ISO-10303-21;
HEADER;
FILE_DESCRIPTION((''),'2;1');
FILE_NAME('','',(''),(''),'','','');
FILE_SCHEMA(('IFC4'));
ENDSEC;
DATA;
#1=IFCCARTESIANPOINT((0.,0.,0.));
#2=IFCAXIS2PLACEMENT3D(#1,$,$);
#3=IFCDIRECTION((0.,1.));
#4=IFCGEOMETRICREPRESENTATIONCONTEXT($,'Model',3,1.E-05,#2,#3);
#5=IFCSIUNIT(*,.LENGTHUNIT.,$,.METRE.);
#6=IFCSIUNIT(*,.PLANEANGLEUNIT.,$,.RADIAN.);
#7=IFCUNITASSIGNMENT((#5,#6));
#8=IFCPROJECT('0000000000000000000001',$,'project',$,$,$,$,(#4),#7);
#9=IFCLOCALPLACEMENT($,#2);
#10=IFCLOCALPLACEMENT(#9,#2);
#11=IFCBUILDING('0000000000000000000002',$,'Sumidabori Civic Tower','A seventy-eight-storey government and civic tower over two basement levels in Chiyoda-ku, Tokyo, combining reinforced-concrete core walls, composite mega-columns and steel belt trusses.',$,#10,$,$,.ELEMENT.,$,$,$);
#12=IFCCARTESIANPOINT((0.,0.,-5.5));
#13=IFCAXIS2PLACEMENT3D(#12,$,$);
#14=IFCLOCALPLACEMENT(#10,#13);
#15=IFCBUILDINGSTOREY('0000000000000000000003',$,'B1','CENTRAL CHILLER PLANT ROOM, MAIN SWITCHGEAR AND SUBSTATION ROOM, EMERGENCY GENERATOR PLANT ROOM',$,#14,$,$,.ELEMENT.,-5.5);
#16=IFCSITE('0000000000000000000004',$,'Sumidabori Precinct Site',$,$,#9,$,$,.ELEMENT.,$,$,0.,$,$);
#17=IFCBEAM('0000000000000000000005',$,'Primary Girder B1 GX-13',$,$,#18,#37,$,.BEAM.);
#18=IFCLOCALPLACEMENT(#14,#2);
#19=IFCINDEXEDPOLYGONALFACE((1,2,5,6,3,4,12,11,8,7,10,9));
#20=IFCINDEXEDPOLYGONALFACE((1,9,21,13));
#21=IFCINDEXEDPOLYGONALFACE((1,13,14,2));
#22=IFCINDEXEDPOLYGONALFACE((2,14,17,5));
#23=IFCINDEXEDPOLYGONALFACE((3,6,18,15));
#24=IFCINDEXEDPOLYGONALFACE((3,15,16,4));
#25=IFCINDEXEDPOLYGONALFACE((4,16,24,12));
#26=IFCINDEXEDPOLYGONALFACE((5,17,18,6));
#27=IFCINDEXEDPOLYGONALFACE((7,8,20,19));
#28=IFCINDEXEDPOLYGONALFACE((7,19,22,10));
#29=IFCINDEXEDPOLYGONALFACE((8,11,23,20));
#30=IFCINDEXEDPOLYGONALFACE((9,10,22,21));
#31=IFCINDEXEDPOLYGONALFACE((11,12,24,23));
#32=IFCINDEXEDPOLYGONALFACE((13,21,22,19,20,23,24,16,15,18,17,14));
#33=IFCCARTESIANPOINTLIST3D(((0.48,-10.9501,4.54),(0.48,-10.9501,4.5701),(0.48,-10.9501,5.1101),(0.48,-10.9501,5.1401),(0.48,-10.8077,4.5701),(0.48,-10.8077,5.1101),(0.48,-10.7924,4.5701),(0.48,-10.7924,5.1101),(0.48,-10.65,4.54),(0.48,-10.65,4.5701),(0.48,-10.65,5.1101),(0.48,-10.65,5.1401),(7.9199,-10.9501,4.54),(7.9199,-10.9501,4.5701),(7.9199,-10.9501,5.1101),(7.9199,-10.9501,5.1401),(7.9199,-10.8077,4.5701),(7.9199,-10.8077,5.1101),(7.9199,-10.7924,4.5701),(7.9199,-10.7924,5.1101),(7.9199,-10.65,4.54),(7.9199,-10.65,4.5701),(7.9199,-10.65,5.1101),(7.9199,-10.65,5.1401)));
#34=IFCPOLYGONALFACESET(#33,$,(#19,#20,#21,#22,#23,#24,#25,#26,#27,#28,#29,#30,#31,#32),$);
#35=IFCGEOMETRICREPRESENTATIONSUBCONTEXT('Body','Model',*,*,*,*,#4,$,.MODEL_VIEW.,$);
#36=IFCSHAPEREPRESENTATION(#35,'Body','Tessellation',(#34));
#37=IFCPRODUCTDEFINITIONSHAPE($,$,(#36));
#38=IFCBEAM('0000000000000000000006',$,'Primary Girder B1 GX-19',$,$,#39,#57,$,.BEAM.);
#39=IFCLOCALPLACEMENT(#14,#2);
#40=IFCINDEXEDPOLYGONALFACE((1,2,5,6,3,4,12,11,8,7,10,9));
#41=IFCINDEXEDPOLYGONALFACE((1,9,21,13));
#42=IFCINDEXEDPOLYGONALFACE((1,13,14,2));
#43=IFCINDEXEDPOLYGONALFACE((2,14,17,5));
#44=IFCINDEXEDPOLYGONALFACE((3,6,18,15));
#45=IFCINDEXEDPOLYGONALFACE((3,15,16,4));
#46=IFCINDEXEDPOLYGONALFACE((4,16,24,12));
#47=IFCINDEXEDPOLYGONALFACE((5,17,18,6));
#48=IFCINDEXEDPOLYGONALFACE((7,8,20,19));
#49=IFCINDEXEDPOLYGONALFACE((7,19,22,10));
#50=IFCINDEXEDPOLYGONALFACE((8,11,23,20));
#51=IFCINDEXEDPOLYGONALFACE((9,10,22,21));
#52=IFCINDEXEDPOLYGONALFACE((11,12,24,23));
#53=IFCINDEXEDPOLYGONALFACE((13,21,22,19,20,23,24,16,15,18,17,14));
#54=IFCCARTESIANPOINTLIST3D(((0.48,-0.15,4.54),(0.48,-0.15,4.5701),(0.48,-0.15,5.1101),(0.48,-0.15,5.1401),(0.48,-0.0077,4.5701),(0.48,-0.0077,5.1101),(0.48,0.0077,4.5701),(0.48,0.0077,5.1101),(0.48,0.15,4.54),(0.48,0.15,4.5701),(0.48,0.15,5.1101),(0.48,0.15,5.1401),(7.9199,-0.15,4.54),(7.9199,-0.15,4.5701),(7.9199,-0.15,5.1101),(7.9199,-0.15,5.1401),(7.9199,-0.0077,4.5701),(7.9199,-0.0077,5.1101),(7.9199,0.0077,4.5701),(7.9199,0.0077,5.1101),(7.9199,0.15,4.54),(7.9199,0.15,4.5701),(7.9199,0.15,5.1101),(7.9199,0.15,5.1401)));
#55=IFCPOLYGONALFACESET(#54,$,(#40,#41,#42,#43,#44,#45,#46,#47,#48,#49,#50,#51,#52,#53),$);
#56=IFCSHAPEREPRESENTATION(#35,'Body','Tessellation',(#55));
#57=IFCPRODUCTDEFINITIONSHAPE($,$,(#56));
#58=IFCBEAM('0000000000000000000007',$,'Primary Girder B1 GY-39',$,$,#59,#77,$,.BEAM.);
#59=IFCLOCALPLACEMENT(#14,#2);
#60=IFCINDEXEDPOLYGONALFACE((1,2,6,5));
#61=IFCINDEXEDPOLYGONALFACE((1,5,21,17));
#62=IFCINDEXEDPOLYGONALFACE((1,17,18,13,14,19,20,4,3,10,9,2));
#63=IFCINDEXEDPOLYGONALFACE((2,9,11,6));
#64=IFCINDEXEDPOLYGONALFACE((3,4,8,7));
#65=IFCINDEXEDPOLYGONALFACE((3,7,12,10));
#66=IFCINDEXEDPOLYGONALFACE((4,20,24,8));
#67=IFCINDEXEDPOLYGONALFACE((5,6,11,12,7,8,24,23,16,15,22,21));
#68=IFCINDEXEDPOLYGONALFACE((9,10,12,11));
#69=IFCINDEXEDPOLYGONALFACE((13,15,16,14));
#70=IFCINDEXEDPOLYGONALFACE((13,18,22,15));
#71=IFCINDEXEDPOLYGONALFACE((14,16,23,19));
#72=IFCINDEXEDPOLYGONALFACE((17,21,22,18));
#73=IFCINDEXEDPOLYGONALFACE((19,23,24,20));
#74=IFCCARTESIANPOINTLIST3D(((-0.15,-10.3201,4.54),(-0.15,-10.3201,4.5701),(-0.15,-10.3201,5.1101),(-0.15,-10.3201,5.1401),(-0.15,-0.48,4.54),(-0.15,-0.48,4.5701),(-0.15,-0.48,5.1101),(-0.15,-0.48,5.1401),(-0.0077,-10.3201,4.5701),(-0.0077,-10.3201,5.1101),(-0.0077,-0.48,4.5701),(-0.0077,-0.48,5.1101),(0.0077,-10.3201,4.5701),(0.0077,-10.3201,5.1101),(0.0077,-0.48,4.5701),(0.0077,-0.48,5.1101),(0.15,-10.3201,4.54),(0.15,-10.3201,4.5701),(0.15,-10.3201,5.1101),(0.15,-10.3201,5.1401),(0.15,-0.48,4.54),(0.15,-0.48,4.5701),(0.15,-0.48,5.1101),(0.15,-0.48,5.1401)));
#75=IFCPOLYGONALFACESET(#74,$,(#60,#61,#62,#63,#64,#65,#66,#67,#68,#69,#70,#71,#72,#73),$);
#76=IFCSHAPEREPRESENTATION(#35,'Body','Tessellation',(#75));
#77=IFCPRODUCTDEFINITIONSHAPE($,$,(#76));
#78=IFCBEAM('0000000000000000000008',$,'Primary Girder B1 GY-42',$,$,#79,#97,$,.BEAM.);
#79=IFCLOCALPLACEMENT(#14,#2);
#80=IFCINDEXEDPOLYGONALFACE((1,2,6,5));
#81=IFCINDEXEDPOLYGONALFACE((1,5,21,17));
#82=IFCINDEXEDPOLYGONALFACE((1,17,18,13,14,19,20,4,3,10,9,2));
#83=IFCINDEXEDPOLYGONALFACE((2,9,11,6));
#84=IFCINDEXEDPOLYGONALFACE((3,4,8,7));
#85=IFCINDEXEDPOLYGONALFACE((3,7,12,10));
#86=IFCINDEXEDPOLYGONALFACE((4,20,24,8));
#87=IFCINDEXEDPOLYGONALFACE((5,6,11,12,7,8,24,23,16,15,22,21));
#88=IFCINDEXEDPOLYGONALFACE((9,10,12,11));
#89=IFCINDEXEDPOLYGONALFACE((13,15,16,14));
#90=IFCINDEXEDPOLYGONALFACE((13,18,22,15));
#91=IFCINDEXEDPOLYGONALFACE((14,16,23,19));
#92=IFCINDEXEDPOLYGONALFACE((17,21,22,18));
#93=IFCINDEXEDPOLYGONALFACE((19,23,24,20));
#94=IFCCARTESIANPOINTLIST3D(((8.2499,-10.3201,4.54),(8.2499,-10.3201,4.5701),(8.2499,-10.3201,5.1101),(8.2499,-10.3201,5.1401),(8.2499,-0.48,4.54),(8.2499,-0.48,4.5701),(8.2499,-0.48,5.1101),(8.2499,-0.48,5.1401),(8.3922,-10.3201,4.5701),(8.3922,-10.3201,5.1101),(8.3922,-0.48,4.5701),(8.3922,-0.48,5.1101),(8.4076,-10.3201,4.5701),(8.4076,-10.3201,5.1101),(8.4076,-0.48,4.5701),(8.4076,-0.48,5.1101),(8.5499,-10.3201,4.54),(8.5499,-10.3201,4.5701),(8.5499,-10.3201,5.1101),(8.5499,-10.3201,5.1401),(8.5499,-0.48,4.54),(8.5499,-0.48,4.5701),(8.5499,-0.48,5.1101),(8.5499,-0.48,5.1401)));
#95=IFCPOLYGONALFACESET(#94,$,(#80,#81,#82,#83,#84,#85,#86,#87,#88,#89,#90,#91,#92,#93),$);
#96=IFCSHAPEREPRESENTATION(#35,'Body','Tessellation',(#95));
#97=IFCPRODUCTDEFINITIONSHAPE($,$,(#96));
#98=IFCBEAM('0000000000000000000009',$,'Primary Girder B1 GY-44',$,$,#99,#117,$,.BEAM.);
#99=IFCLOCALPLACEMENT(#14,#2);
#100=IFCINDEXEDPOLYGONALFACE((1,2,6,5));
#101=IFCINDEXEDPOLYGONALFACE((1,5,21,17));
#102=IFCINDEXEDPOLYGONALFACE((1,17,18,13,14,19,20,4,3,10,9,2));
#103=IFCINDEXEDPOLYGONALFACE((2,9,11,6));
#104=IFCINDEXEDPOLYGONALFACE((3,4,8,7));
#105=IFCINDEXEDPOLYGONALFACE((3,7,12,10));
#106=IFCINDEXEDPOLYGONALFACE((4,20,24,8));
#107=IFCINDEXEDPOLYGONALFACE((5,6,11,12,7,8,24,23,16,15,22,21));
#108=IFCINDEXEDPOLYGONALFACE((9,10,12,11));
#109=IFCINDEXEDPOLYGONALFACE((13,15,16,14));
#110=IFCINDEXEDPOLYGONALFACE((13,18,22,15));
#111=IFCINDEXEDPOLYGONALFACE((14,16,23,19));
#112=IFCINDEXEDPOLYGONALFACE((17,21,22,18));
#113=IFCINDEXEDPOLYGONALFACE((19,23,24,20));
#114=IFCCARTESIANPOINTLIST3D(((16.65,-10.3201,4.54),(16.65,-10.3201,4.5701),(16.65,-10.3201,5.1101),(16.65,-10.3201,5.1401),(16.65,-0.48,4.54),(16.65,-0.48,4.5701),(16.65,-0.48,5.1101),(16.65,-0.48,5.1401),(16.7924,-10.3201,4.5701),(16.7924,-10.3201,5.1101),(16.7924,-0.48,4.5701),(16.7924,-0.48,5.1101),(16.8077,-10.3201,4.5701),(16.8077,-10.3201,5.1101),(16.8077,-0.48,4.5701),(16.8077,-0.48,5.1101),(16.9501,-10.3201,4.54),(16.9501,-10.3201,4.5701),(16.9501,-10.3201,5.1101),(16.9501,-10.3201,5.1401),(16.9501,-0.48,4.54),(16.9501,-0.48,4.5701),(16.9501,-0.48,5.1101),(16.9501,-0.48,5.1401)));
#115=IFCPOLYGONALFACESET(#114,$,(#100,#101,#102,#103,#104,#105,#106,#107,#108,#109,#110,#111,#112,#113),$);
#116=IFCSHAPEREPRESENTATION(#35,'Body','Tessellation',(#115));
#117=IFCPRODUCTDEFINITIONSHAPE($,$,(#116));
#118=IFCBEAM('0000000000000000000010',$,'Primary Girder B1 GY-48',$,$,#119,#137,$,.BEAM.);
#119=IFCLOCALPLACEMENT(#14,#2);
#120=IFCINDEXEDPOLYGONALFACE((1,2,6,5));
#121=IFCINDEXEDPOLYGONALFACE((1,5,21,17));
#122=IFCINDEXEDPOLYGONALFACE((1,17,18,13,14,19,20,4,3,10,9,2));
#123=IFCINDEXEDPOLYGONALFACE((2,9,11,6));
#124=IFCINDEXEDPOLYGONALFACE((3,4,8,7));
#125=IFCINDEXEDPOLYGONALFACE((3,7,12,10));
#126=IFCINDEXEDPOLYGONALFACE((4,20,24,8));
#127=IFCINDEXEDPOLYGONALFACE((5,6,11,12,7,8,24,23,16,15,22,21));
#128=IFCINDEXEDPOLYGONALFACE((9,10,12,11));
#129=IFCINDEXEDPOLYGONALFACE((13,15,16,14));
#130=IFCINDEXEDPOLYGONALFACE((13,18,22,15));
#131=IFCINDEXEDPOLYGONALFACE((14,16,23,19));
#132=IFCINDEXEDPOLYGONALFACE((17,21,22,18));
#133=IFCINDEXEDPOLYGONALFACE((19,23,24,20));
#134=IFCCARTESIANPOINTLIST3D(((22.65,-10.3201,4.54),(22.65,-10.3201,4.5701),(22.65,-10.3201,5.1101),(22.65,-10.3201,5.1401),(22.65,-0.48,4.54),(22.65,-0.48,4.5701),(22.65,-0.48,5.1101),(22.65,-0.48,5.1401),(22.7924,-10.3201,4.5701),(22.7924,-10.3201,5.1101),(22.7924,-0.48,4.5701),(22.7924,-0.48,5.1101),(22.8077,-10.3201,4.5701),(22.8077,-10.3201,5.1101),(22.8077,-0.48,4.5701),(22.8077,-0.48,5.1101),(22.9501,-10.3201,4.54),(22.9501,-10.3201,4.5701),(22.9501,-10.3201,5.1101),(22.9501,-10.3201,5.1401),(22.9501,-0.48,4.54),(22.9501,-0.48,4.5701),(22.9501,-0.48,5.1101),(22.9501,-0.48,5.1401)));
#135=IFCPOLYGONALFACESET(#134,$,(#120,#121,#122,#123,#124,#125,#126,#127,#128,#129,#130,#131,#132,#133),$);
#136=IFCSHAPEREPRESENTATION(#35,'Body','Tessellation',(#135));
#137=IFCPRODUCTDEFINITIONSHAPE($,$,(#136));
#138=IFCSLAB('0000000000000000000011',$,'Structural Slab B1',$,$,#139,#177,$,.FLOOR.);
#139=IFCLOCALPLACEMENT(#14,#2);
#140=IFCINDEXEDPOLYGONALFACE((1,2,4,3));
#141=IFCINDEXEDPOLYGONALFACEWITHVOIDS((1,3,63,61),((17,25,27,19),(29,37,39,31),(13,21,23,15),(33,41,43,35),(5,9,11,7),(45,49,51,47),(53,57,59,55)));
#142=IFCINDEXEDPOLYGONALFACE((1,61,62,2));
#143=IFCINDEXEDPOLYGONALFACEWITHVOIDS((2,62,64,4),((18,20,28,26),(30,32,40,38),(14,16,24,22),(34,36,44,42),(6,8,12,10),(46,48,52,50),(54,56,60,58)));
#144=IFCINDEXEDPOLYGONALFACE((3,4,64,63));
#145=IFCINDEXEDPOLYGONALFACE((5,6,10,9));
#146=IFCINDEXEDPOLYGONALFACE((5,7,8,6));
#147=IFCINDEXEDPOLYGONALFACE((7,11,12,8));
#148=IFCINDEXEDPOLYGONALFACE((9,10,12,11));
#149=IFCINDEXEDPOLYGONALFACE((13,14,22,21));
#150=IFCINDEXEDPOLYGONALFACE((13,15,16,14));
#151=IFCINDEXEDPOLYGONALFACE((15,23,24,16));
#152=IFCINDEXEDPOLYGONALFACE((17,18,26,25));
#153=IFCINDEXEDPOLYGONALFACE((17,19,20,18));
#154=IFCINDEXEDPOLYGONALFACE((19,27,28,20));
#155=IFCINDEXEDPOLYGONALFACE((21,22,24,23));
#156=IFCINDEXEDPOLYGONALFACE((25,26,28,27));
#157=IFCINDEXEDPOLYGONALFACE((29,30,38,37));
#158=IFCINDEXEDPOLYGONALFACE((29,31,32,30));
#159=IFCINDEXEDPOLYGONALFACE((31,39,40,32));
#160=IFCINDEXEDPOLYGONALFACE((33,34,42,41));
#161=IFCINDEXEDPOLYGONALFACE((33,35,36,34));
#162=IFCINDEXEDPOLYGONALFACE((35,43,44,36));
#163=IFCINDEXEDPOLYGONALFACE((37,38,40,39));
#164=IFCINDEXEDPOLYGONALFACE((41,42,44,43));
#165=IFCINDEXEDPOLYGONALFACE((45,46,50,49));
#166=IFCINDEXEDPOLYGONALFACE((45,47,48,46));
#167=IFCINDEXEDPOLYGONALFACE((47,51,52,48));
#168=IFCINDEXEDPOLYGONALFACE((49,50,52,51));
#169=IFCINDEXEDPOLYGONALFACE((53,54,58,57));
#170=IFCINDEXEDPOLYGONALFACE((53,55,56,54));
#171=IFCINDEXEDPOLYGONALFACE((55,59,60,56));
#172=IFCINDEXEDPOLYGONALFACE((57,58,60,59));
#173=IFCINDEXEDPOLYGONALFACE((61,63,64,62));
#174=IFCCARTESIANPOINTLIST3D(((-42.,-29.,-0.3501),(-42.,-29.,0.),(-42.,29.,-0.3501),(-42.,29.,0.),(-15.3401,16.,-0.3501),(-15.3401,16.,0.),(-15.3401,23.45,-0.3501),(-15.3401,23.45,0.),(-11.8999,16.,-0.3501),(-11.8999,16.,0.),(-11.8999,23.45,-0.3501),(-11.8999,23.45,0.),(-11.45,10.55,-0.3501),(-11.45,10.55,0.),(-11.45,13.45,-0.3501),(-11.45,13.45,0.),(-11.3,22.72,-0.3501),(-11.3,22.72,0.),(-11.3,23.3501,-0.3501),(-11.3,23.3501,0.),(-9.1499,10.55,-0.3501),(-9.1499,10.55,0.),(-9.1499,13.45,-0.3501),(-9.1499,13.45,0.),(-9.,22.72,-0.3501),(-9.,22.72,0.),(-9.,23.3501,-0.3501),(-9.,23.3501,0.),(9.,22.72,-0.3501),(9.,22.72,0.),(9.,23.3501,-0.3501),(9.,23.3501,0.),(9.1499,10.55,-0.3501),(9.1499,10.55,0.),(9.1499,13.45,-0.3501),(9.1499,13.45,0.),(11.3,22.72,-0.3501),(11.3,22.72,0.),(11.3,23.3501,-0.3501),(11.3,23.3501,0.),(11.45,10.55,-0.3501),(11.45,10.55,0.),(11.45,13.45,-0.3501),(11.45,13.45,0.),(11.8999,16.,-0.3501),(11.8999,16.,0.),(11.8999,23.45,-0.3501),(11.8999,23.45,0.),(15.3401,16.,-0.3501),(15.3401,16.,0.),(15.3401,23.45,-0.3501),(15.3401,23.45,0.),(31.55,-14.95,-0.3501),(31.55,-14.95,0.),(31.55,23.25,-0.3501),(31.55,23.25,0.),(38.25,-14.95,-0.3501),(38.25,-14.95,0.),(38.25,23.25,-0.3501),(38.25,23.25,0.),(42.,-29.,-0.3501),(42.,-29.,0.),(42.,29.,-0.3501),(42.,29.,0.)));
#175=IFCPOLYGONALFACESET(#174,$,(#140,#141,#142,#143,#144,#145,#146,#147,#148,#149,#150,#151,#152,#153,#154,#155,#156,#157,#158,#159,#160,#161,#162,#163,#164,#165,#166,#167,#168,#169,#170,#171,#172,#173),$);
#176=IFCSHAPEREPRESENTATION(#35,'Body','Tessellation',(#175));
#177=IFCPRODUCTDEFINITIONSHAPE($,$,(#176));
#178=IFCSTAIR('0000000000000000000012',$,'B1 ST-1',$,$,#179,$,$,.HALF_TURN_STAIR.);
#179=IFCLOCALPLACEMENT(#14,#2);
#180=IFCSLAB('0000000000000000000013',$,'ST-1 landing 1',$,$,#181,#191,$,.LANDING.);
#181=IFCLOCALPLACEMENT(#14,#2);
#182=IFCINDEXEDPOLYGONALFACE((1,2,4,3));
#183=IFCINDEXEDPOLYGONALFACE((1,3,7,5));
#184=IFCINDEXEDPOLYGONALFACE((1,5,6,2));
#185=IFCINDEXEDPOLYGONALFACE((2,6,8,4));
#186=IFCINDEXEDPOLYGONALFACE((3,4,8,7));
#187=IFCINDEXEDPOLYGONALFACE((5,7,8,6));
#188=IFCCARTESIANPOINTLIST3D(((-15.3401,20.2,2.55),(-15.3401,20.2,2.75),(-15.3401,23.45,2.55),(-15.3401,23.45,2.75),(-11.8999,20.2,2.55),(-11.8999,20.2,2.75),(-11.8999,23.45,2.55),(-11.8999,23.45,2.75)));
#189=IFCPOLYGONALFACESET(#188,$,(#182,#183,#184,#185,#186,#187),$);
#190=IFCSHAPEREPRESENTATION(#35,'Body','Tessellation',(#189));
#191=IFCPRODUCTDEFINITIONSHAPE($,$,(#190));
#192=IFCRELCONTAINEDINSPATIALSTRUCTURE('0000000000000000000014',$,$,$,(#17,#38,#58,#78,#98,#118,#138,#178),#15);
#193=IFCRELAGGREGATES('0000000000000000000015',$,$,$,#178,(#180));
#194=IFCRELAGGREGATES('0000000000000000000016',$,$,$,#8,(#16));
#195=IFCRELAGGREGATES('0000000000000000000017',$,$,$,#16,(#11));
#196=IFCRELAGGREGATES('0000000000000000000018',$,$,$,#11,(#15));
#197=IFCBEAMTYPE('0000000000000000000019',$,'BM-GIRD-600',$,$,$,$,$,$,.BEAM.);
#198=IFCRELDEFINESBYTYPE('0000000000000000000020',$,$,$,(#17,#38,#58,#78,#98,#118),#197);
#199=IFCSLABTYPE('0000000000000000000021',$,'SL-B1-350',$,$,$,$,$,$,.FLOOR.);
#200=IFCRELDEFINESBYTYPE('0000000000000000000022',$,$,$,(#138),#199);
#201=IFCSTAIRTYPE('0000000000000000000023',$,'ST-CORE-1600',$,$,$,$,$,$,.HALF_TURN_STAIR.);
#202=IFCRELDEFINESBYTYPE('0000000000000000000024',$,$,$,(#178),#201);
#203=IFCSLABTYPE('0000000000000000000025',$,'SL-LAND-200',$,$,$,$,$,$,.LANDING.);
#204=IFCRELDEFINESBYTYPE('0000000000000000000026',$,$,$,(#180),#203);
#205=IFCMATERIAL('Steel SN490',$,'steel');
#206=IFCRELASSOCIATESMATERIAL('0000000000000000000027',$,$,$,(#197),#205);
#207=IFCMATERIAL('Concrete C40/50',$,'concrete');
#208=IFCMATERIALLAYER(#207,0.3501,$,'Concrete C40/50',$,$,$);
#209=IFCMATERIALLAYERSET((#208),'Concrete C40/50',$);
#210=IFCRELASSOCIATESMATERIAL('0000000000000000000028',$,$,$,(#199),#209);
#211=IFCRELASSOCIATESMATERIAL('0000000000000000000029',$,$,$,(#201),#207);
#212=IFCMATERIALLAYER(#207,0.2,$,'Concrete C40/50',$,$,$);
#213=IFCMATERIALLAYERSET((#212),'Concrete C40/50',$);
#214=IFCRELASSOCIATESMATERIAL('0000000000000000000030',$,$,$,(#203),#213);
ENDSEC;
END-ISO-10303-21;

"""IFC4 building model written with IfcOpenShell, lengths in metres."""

from ifc_helpers import new_model, si_unit, direction, frame, origin, origin_2d, place, context, subcontext, project, spatial, polyline, i_section, outline, extrude, source, transform, mapped, material, layer, layer_set, material_profile, profile_set, type_object, element, aggregate, save


model = new_model("IFC4")

# Units and contexts
model_context = context("Model", 3, precision=1e-05, world=origin(), true_north=direction((0.0, 1.0)))
body_context = subcontext(model_context, "Body", "Model", "MODEL_VIEW")
ifc_project = project(units=[si_unit("LENGTHUNIT", "METRE"), si_unit("PLANEANGLEUNIT", "RADIAN")], contexts=[model_context])

# Site, building, storey
site_placement = place(None, origin())
site = spatial("IfcSite", under=ifc_project, at=site_placement, Name="Sumidabori Precinct Site", CompositionType="ELEMENT", RefElevation=0.0)
building_placement = place(site_placement, origin())
building = spatial("IfcBuilding", under=site, at=building_placement, Name="Sumidabori Civic Tower", Description="A seventy-eight-storey government and civic tower over two basement levels in Chiyoda-ku, Tokyo, combining reinforced-concrete core walls, composite mega-columns and steel belt trusses.", CompositionType="ELEMENT")
storey_placement = place(building_placement, frame((0.0, 0.0, -5.5)))
storey = spatial("IfcBuildingStorey", under=building, at=storey_placement, Name="B1", Description="CENTRAL CHILLER PLANT ROOM, MAIN SWITCHGEAR AND SUBSTATION ROOM, EMERGENCY GENERATOR PLANT ROOM", CompositionType="ELEMENT", Elevation=-5.5)

# Beams
ifc_material_1 = material(Name="Steel SN490", Category="steel")
ifc_material_profile_1 = material_profile(ifc_material_1, i_section(OverallWidth=0.3, OverallDepth=0.6001, WebThickness=0.0154, FlangeThickness=0.03, at=origin_2d()), Name="HE 600 B")
ifc_profile_set_1 = profile_set([ifc_material_profile_1], Name="Steel SN490")
beam_type = type_object("IfcBeamType", Name="BM-GIRD-600", PredefinedType="BEAM", material=ifc_profile_set_1)
shared_shape_1 = source(origin(), body_context, "Body", "SweptSolid", [
    extrude(i_section(OverallWidth=0.3, OverallDepth=0.6001, WebThickness=0.0154, FlangeThickness=0.03, at=origin_2d()), origin(), (0.0, 0.0, 1.0), 7.4399),
])
for number, where, z_axis, x_axis, name in (
    (1, (0.48, -10.8, 4.8401), (1.0, 0.0, 0.0), (0.0, 1.0, 0.0), "Primary Girder B1 GX-13"),
    (2, (0.48, 0.0, 4.8401), (1.0, 0.0, 0.0), (0.0, 1.0, 0.0), "Primary Girder B1 GX-19"),
):
    element("IfcBeam", number, at=place(storey_placement, frame(where, z_axis=z_axis, x_axis=x_axis)), inside=storey, type_object=beam_type, Name=name, PredefinedType="BEAM", context=body_context, shape_type="MappedRepresentation", body=[
        mapped(shared_shape_1, transform((0.0, 0.0, 0.0), x_axis=(1.0, 0.0, 0.0), y_axis=(0.0, 1.0, 0.0), z_axis=(0.0, 0.0, 1.0), scale=1.0)),
    ])
shared_shape_2 = source(origin(), body_context, "Body", "SweptSolid", [
    extrude(i_section(OverallWidth=0.3, OverallDepth=0.6001, WebThickness=0.0154, FlangeThickness=0.03, at=origin_2d()), origin(), (0.0, 0.0, 1.0), 9.8401),
])
for number, where, z_axis, x_axis, name in (
    (3, (0.0, -10.3201, 4.8401), (0.0, 1.0, 0.0), (-1.0, 0.0, 0.0), "Primary Girder B1 GY-39"),
    (4, (8.3999, -10.3201, 4.8401), (0.0, 1.0, 0.0), (-1.0, 0.0, 0.0), "Primary Girder B1 GY-42"),
    (5, (16.8, -10.3201, 4.8401), (0.0, 1.0, 0.0), (-1.0, 0.0, 0.0), "Primary Girder B1 GY-44"),
    (6, (22.8, -10.3201, 4.8401), (0.0, 1.0, 0.0), (-1.0, 0.0, 0.0), "Primary Girder B1 GY-48"),
):
    element("IfcBeam", number, at=place(storey_placement, frame(where, z_axis=z_axis, x_axis=x_axis)), inside=storey, type_object=beam_type, Name=name, PredefinedType="BEAM", context=body_context, shape_type="MappedRepresentation", body=[
        mapped(shared_shape_2, transform((0.0, 0.0, 0.0), x_axis=(1.0, 0.0, 0.0), y_axis=(0.0, 1.0, 0.0), z_axis=(0.0, 0.0, 1.0), scale=1.0)),
    ])

# Slab
ifc_material_2 = material(Name="Concrete C40/50", Category="concrete")
ifc_layer_1 = layer(ifc_material_2, 0.3501, Name="Concrete C40/50")
ifc_layer_set_1 = layer_set([ifc_layer_1], Name="Concrete C40/50")
slab_type_1 = type_object("IfcSlabType", Name="SL-B1-350", PredefinedType="FLOOR", material=ifc_layer_set_1)
slab_1_placement = place(storey_placement, frame((0.0, 0.0, -0.3501)))
element("IfcSlab", 7, at=slab_1_placement, inside=storey, type_object=slab_type_1, Name="Structural Slab B1", PredefinedType="FLOOR", context=body_context, shape_type="SweptSolid", body=[
    extrude(outline(polyline([(-42.0, -29.0), (42.0, -29.0), (42.0, 29.0), (-42.0, 29.0), (-42.0, -29.0)]), holes=[polyline([(-11.8999, 16.0), (-11.8999, 23.45), (-15.3401, 23.45), (-15.3401, 16.0), (-11.8999, 16.0)]), polyline([(15.3401, 16.0), (15.3401, 23.45), (11.8999, 23.45), (11.8999, 16.0), (15.3401, 16.0)]), polyline([(-11.45, 10.55), (-9.1499, 10.55), (-9.1499, 13.45), (-11.45, 13.45), (-11.45, 10.55)]), polyline([(9.1499, 10.55), (11.45, 10.55), (11.45, 13.45), (9.1499, 13.45), (9.1499, 10.55)]), polyline([(-11.3, 22.72), (-9.0, 22.72), (-9.0, 23.3501), (-11.3, 23.3501), (-11.3, 22.72)]), polyline([(9.0, 22.72), (11.3, 22.72), (11.3, 23.3501), (9.0, 23.3501), (9.0, 22.72)]), polyline([(31.55, -14.95), (38.25, -14.95), (38.25, 23.25), (31.55, 23.25), (31.55, -14.95)])]), origin(), (0.0, 0.0, 1.0), 0.3501),
])

# Stair, slab
stair_type = type_object("IfcStairType", Name="ST-CORE-1600", PredefinedType="HALF_TURN_STAIR", material=ifc_material_2)
stair_1_placement = place(storey_placement, origin())
stair_1 = element("IfcStair", 8, at=stair_1_placement, inside=storey, type_object=stair_type, Name="B1 ST-1", PredefinedType="HALF_TURN_STAIR")
ifc_layer_2 = layer(ifc_material_2, 0.2, Name="Concrete C40/50")
ifc_layer_set_2 = layer_set([ifc_layer_2], Name="Concrete C40/50")
slab_type_2 = type_object("IfcSlabType", Name="SL-LAND-200", PredefinedType="LANDING", material=ifc_layer_set_2)
slab_2_placement = place(storey_placement, frame((0.0, 0.0, 2.55)))
slab_2 = element("IfcSlab", 9, at=slab_2_placement, type_object=slab_type_2, Name="ST-1 landing 1", PredefinedType="LANDING", context=body_context, shape_type="SweptSolid", body=[
    extrude(outline(polyline([(-11.8999, 20.2), (-11.8999, 23.45), (-15.3401, 23.45), (-15.3401, 20.2), (-11.8999, 20.2)])), origin(), (0.0, 0.0, 1.0), 0.2),
])
aggregate(stair_1, [slab_2])

save(model, "model.ifc")
